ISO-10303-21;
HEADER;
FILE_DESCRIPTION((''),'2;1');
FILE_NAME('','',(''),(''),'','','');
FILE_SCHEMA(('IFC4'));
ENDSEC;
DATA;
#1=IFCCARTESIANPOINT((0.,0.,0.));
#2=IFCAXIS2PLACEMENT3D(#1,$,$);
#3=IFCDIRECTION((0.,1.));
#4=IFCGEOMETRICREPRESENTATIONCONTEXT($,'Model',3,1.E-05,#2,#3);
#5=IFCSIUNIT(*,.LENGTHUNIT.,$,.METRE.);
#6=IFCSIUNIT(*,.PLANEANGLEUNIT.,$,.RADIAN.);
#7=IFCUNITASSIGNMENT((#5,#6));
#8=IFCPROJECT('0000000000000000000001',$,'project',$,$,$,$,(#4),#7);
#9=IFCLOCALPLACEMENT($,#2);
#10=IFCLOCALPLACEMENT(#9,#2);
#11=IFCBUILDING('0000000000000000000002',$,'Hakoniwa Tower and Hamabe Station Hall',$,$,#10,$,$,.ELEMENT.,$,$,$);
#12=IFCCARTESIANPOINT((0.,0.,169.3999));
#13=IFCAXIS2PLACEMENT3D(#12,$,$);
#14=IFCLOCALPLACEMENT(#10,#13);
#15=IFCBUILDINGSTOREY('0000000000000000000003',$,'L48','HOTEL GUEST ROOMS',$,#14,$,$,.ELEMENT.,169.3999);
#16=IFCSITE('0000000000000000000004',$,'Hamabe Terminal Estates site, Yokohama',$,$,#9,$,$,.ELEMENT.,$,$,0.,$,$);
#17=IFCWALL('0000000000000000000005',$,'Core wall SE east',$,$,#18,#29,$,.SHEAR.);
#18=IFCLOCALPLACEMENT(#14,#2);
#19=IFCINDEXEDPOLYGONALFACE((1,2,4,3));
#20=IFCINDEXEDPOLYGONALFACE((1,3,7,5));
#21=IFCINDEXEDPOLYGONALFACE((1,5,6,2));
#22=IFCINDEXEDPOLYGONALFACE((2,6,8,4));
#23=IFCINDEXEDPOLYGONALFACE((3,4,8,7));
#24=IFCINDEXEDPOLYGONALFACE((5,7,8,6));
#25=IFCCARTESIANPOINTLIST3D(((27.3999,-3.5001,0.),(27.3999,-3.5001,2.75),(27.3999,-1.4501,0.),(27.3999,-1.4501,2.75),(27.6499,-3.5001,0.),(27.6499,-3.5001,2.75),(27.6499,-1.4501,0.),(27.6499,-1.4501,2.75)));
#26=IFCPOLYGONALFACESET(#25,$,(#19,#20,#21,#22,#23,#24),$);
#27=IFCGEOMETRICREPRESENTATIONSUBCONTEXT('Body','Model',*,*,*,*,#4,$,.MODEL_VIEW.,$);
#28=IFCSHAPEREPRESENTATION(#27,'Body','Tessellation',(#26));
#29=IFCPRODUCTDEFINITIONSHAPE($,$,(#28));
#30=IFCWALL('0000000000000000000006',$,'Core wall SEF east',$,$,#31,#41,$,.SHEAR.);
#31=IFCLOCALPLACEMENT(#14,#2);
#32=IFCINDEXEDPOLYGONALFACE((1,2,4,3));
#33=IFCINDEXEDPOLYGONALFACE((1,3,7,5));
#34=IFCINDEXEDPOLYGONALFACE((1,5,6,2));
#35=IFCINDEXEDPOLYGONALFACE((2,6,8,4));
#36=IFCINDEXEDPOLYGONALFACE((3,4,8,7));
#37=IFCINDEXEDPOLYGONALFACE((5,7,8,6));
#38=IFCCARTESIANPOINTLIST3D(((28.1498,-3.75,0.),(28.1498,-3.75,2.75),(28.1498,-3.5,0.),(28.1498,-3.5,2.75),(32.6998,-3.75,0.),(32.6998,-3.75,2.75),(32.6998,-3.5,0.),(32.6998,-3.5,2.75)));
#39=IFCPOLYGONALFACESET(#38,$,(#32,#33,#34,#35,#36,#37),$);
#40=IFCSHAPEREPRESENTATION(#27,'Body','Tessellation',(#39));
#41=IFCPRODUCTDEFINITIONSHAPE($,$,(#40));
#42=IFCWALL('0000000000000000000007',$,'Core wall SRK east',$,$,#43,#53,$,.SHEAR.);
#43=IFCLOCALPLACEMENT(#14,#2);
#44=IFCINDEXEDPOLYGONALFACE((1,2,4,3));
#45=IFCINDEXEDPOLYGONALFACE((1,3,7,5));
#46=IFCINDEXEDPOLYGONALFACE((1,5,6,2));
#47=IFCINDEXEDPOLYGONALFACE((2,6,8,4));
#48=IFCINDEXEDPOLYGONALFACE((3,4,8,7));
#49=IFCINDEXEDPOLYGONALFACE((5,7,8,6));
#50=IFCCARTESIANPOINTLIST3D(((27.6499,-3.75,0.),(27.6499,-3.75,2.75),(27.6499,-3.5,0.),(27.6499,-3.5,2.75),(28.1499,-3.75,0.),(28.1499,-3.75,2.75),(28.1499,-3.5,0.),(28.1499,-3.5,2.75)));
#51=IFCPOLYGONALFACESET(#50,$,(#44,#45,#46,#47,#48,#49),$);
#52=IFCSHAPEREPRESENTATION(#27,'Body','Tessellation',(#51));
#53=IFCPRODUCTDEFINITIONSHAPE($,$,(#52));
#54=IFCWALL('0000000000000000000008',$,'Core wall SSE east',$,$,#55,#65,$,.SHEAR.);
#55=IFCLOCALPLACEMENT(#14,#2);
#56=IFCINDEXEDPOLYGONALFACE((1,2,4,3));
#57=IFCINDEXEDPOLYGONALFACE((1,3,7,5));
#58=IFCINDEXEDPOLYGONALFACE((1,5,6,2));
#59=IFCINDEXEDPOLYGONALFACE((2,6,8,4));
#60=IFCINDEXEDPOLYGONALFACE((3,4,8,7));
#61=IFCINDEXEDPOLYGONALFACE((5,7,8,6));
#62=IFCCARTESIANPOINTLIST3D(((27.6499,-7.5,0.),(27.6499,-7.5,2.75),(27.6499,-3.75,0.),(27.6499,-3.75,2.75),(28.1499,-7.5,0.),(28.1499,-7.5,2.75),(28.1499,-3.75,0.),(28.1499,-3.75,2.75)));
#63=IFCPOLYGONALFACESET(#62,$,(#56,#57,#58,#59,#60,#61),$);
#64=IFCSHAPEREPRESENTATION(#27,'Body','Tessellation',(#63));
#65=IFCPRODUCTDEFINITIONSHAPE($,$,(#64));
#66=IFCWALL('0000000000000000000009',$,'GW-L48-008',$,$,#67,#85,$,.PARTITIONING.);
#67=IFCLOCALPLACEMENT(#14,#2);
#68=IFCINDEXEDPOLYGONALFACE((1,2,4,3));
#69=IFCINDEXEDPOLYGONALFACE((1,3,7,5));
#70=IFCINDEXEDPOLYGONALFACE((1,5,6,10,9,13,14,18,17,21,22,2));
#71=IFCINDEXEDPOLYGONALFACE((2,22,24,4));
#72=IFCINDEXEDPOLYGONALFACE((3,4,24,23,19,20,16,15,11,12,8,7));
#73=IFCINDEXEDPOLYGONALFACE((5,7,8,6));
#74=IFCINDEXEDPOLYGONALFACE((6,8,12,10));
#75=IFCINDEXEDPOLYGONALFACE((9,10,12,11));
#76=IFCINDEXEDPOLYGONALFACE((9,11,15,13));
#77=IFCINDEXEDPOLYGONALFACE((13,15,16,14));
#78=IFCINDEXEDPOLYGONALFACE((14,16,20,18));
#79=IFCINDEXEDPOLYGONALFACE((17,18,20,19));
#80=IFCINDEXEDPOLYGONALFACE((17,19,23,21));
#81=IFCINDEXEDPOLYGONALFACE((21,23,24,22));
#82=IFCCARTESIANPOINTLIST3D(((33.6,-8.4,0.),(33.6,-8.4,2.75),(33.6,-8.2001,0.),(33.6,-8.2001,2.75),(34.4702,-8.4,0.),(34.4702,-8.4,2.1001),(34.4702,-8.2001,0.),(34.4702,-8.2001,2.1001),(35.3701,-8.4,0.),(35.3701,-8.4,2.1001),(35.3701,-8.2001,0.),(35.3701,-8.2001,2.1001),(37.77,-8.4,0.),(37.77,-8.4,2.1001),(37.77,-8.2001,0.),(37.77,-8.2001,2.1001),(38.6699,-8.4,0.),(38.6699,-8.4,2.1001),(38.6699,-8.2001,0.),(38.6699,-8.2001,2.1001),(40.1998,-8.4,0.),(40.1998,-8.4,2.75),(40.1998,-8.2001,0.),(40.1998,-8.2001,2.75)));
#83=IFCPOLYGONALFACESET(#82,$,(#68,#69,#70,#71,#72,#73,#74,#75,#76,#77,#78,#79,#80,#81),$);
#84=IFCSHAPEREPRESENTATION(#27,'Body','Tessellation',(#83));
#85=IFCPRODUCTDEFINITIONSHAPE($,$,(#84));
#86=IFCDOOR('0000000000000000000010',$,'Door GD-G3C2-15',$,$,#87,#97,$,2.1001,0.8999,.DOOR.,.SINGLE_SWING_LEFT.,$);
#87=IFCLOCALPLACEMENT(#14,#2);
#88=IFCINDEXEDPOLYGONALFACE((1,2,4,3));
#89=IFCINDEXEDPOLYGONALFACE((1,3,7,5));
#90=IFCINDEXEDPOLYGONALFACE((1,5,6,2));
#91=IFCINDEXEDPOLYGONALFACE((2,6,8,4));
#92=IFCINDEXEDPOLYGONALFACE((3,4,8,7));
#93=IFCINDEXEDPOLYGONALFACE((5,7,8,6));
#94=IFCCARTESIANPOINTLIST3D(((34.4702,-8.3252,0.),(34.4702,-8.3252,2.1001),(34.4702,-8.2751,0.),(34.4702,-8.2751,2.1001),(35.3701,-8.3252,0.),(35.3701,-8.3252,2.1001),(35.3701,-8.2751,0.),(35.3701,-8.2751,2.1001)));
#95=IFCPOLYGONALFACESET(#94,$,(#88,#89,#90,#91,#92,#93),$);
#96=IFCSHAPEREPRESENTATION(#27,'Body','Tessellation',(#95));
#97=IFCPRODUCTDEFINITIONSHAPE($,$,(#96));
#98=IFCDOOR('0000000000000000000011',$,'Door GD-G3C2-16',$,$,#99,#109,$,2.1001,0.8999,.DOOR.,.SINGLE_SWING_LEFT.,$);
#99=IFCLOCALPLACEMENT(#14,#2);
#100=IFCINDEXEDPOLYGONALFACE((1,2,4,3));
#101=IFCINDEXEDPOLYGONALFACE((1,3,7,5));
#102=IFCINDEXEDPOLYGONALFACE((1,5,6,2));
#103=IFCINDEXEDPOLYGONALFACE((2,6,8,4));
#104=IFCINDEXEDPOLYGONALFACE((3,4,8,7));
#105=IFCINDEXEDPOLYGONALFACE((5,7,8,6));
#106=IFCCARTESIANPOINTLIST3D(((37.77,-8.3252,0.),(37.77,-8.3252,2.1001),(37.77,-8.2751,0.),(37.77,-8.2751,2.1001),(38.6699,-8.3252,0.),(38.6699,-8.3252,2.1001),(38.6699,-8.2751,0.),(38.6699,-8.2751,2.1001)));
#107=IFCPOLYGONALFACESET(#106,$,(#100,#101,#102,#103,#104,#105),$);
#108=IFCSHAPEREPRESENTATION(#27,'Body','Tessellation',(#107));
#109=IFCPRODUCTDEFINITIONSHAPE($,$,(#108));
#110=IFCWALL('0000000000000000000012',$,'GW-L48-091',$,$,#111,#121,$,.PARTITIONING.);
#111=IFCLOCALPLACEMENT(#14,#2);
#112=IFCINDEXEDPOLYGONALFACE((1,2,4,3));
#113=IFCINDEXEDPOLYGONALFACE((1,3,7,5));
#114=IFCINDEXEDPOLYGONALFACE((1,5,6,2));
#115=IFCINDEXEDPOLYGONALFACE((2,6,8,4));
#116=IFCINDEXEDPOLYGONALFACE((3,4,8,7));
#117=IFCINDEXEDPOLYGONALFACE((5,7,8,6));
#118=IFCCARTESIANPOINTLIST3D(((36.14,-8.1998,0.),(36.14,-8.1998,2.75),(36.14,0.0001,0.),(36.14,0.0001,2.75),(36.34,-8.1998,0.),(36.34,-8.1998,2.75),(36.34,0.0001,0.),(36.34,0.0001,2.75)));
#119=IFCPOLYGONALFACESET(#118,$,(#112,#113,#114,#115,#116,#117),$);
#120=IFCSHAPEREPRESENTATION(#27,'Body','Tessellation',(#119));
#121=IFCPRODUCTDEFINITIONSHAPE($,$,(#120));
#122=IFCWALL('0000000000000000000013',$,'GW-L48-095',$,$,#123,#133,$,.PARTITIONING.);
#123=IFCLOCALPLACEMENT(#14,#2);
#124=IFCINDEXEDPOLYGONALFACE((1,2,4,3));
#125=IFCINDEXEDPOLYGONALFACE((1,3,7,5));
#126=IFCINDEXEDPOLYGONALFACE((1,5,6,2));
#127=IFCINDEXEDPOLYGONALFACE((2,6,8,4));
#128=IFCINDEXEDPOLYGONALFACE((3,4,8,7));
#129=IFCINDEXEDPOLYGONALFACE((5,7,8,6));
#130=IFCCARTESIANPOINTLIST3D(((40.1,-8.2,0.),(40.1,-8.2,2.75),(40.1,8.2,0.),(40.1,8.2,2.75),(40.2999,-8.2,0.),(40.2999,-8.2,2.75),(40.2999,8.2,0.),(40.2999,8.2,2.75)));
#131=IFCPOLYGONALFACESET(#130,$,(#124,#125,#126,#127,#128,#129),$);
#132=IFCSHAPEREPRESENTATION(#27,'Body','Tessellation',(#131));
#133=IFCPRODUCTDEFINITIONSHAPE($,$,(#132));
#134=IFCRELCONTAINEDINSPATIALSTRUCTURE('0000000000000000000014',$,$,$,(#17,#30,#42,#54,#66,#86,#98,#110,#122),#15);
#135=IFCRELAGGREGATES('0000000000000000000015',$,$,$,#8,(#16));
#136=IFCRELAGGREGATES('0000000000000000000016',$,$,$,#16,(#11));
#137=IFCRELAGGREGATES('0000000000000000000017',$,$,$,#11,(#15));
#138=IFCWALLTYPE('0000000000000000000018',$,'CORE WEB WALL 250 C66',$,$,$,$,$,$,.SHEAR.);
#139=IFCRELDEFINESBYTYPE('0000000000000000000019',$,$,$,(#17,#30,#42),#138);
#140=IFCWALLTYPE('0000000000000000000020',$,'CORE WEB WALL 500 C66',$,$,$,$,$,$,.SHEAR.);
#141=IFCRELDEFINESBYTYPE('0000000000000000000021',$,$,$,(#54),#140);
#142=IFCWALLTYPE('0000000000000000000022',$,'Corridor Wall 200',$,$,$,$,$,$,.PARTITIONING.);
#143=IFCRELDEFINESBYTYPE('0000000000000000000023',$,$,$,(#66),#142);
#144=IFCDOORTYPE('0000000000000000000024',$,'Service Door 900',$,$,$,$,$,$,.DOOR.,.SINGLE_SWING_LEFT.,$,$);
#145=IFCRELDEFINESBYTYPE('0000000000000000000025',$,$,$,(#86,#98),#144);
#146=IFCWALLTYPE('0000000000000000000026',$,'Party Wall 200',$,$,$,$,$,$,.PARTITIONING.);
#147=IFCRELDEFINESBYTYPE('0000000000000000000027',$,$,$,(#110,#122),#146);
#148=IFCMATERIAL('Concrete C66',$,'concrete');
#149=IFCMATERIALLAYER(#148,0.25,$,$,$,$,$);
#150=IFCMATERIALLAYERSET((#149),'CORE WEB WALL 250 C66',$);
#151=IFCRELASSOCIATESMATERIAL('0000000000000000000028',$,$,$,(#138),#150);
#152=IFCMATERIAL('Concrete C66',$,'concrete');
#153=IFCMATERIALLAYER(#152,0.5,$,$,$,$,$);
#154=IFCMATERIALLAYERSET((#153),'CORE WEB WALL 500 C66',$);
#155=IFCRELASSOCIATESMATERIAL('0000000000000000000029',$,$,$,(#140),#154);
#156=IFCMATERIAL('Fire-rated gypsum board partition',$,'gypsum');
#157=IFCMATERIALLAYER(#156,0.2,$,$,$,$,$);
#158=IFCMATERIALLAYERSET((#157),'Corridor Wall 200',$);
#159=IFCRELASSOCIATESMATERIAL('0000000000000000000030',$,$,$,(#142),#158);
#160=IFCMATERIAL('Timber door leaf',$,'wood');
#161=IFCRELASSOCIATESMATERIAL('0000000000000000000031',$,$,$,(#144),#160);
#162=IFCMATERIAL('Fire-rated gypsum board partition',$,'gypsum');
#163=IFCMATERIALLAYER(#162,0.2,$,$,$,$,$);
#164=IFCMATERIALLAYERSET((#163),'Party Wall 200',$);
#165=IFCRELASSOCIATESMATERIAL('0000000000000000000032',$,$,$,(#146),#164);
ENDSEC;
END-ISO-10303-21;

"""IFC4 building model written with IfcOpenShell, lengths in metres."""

from ifc_helpers import new_model, si_unit, direction, frame, frame_2d, origin, place, context, subcontext, project, spatial, rectangle, extrude, material, layer, layer_set, type_object, element, fill, save


model = new_model("IFC4")

# Units and contexts
model_context = context("Model", 3, precision=1e-05, world=origin(), true_north=direction((0.0, 1.0)))
body_context = subcontext(model_context, "Body", "Model", "MODEL_VIEW")
ifc_project = project(units=[si_unit("LENGTHUNIT", "METRE"), si_unit("PLANEANGLEUNIT", "RADIAN")], contexts=[model_context])

# Site, building, storey
site_placement = place(None, origin())
site = spatial("IfcSite", under=ifc_project, at=site_placement, Name="Hamabe Terminal Estates site, Yokohama", CompositionType="ELEMENT", RefElevation=0.0)
building_placement = place(site_placement, origin())
building = spatial("IfcBuilding", under=site, at=building_placement, Name="Hakoniwa Tower and Hamabe Station Hall", CompositionType="ELEMENT")
storey_placement = place(building_placement, frame((0.0, 0.0, 169.3999)))
storey = spatial("IfcBuildingStorey", under=building, at=storey_placement, Name="L48", Description="HOTEL GUEST ROOMS", CompositionType="ELEMENT", Elevation=169.3999)

# Walls
ifc_material_1 = material(Name="Concrete C66", Category="concrete")
ifc_layer_1 = layer(ifc_material_1, 0.25)
ifc_layer_set_1 = layer_set([ifc_layer_1], Name="CORE WEB WALL 250 C66")
wall_type_1 = type_object("IfcWallType", Name="CORE WEB WALL 250 C66", PredefinedType="SHEAR", material=ifc_layer_set_1)
wall_1_placement = place(storey_placement, frame((27.5249, -3.5, 0.0), z_axis=(0.0, 0.0, 1.0), x_axis=(0.0, 1.0, 0.0)))
element("IfcWall", 1, at=wall_1_placement, inside=storey, type_object=wall_type_1, Name="Core wall SE east", PredefinedType="SHEAR", context=body_context, shape_type="SweptSolid", body=[
    extrude(rectangle(XDim=2.05, YDim=0.25, at=frame_2d((1.0249, 0.0))), origin(), (0.0, 0.0, 1.0), 2.75),
])
wall_2_placement = place(storey_placement, frame((28.1499, -3.625, 0.0), z_axis=(0.0, 0.0, 1.0), x_axis=(1.0, 0.0, 0.0)))
element("IfcWall", 2, at=wall_2_placement, inside=storey, type_object=wall_type_1, Name="Core wall SEF east", PredefinedType="SHEAR", context=body_context, shape_type="SweptSolid", body=[
    extrude(rectangle(XDim=4.55, YDim=0.25, at=frame_2d((2.2749, 0.0))), origin(), (0.0, 0.0, 1.0), 2.75),
])
wall_3_placement = place(storey_placement, frame((27.6499, -3.625, 0.0), z_axis=(0.0, 0.0, 1.0), x_axis=(1.0, 0.0, 0.0)))
element("IfcWall", 3, at=wall_3_placement, inside=storey, type_object=wall_type_1, Name="Core wall SRK east", PredefinedType="SHEAR", context=body_context, shape_type="SweptSolid", body=[
    extrude(rectangle(XDim=0.5, YDim=0.25, at=frame_2d((0.25, 0.0))), origin(), (0.0, 0.0, 1.0), 2.75),
])
ifc_material_2 = material(Name="Concrete C66", Category="concrete")
ifc_layer_2 = layer(ifc_material_2, 0.5)
ifc_layer_set_2 = layer_set([ifc_layer_2], Name="CORE WEB WALL 500 C66")
wall_type_2 = type_object("IfcWallType", Name="CORE WEB WALL 500 C66", PredefinedType="SHEAR", material=ifc_layer_set_2)
wall_4_placement = place(storey_placement, frame((27.8999, -7.5, 0.0), z_axis=(0.0, 0.0, 1.0), x_axis=(0.0, 1.0, 0.0)))
element("IfcWall", 4, at=wall_4_placement, inside=storey, type_object=wall_type_2, Name="Core wall SSE east", PredefinedType="SHEAR", context=body_context, shape_type="SweptSolid", body=[
    extrude(rectangle(XDim=3.75, YDim=0.5, at=frame_2d((1.875, 0.0))), origin(), (0.0, 0.0, 1.0), 2.75),
])

# Wall, openings, doors
ifc_material_3 = material(Name="Fire-rated gypsum board partition", Category="gypsum")
ifc_layer_3 = layer(ifc_material_3, 0.2)
ifc_layer_set_3 = layer_set([ifc_layer_3], Name="Corridor Wall 200")
wall_type_3 = type_object("IfcWallType", Name="Corridor Wall 200", PredefinedType="PARTITIONING", material=ifc_layer_set_3)
wall_5_placement = place(storey_placement, frame((33.6001, -8.3, 0.0), z_axis=(0.0, 0.0, 1.0), x_axis=(1.0, 0.0, 0.0)))
wall_5 = element("IfcWall", 5, at=wall_5_placement, inside=storey, type_object=wall_type_3, Name="GW-L48-008", PredefinedType="PARTITIONING", context=body_context, shape_type="SweptSolid", body=[
    extrude(rectangle(XDim=6.5999, YDim=0.2, at=frame_2d((3.2998, 0.0))), origin(), (0.0, 0.0, 1.0), 2.75),
])
opening_1_placement = place(wall_5_placement, frame((0.8701, 0.0, 0.0)))
opening_1 = element("IfcOpeningElement", 6, at=opening_1_placement, cuts=wall_5, PredefinedType="OPENING", context=body_context, shape_type="SweptSolid", body=[
    extrude(rectangle(XDim=0.8999, YDim=2.1001, at=frame_2d((0.45, 1.05))), frame((0.0, 0.1099, 0.0), z_axis=(0.0, -1.0, 0.0), x_axis=(1.0, 0.0, 0.0)), (0.0, 0.0, 1.0), 0.22),
])
opening_2_placement = place(wall_5_placement, frame((4.1699, 0.0, 0.0)))
opening_2 = element("IfcOpeningElement", 7, at=opening_2_placement, cuts=wall_5, PredefinedType="OPENING", context=body_context, shape_type="SweptSolid", body=[
    extrude(rectangle(XDim=0.8999, YDim=2.1001, at=frame_2d((0.45, 1.05))), frame((0.0, 0.1099, 0.0), z_axis=(0.0, -1.0, 0.0), x_axis=(1.0, 0.0, 0.0)), (0.0, 0.0, 1.0), 0.22),
])
ifc_material_4 = material(Name="Timber door leaf", Category="wood")
door_type_1 = type_object("IfcDoorType", Name="Service Door 900", OperationType="SINGLE_SWING_LEFT", PredefinedType="DOOR", material=ifc_material_4)
door_1_placement = place(opening_1_placement, origin())
door_1 = element("IfcDoor", 8, at=door_1_placement, inside=storey, type_object=door_type_1, Name="Door GD-G3C2-15", OperationType="SINGLE_SWING_LEFT", OverallHeight=2.1001, OverallWidth=0.8999, PredefinedType="DOOR", context=body_context, shape_type="SweptSolid", body=[
    extrude(rectangle(XDim=0.8999, YDim=2.1001, at=frame_2d((0.45, 1.05))), frame((0.0, 0.0249, 0.0), z_axis=(0.0, -1.0, 0.0), x_axis=(1.0, 0.0, 0.0)), (0.0, 0.0, 1.0), 0.05),
])
fill(opening_1, door_1)
door_2_placement = place(opening_2_placement, origin())
door_2 = element("IfcDoor", 9, at=door_2_placement, inside=storey, type_object=door_type_1, Name="Door GD-G3C2-16", OperationType="SINGLE_SWING_LEFT", OverallHeight=2.1001, OverallWidth=0.8999, PredefinedType="DOOR", context=body_context, shape_type="SweptSolid", body=[
    extrude(rectangle(XDim=0.8999, YDim=2.1001, at=frame_2d((0.45, 1.05))), frame((0.0, 0.0249, 0.0), z_axis=(0.0, -1.0, 0.0), x_axis=(1.0, 0.0, 0.0)), (0.0, 0.0, 1.0), 0.05),
])
fill(opening_2, door_2)

# Walls
ifc_material_5 = material(Name="Fire-rated gypsum board partition", Category="gypsum")
ifc_layer_4 = layer(ifc_material_5, 0.2)
ifc_layer_set_4 = layer_set([ifc_layer_4], Name="Party Wall 200")
wall_type_4 = type_object("IfcWallType", Name="Party Wall 200", PredefinedType="PARTITIONING", material=ifc_layer_set_4)
wall_6_placement = place(storey_placement, frame((36.24, -8.2, 0.0), z_axis=(0.0, 0.0, 1.0), x_axis=(0.0, 1.0, 0.0)))
element("IfcWall", 10, at=wall_6_placement, inside=storey, type_object=wall_type_4, Name="GW-L48-091", PredefinedType="PARTITIONING", context=body_context, shape_type="SweptSolid", body=[
    extrude(rectangle(XDim=8.2, YDim=0.2, at=frame_2d((4.1001, 0.0))), origin(), (0.0, 0.0, 1.0), 2.75),
])
wall_7_placement = place(storey_placement, frame((40.2, -8.2, 0.0), z_axis=(0.0, 0.0, 1.0), x_axis=(0.0, 1.0, 0.0)))
element("IfcWall", 11, at=wall_7_placement, inside=storey, type_object=wall_type_4, Name="GW-L48-095", PredefinedType="PARTITIONING", context=body_context, shape_type="SweptSolid", body=[
    extrude(rectangle(XDim=16.3999, YDim=0.2, at=frame_2d((8.2, 0.0))), origin(), (0.0, 0.0, 1.0), 2.75),
])

save(model, "model.ifc")
